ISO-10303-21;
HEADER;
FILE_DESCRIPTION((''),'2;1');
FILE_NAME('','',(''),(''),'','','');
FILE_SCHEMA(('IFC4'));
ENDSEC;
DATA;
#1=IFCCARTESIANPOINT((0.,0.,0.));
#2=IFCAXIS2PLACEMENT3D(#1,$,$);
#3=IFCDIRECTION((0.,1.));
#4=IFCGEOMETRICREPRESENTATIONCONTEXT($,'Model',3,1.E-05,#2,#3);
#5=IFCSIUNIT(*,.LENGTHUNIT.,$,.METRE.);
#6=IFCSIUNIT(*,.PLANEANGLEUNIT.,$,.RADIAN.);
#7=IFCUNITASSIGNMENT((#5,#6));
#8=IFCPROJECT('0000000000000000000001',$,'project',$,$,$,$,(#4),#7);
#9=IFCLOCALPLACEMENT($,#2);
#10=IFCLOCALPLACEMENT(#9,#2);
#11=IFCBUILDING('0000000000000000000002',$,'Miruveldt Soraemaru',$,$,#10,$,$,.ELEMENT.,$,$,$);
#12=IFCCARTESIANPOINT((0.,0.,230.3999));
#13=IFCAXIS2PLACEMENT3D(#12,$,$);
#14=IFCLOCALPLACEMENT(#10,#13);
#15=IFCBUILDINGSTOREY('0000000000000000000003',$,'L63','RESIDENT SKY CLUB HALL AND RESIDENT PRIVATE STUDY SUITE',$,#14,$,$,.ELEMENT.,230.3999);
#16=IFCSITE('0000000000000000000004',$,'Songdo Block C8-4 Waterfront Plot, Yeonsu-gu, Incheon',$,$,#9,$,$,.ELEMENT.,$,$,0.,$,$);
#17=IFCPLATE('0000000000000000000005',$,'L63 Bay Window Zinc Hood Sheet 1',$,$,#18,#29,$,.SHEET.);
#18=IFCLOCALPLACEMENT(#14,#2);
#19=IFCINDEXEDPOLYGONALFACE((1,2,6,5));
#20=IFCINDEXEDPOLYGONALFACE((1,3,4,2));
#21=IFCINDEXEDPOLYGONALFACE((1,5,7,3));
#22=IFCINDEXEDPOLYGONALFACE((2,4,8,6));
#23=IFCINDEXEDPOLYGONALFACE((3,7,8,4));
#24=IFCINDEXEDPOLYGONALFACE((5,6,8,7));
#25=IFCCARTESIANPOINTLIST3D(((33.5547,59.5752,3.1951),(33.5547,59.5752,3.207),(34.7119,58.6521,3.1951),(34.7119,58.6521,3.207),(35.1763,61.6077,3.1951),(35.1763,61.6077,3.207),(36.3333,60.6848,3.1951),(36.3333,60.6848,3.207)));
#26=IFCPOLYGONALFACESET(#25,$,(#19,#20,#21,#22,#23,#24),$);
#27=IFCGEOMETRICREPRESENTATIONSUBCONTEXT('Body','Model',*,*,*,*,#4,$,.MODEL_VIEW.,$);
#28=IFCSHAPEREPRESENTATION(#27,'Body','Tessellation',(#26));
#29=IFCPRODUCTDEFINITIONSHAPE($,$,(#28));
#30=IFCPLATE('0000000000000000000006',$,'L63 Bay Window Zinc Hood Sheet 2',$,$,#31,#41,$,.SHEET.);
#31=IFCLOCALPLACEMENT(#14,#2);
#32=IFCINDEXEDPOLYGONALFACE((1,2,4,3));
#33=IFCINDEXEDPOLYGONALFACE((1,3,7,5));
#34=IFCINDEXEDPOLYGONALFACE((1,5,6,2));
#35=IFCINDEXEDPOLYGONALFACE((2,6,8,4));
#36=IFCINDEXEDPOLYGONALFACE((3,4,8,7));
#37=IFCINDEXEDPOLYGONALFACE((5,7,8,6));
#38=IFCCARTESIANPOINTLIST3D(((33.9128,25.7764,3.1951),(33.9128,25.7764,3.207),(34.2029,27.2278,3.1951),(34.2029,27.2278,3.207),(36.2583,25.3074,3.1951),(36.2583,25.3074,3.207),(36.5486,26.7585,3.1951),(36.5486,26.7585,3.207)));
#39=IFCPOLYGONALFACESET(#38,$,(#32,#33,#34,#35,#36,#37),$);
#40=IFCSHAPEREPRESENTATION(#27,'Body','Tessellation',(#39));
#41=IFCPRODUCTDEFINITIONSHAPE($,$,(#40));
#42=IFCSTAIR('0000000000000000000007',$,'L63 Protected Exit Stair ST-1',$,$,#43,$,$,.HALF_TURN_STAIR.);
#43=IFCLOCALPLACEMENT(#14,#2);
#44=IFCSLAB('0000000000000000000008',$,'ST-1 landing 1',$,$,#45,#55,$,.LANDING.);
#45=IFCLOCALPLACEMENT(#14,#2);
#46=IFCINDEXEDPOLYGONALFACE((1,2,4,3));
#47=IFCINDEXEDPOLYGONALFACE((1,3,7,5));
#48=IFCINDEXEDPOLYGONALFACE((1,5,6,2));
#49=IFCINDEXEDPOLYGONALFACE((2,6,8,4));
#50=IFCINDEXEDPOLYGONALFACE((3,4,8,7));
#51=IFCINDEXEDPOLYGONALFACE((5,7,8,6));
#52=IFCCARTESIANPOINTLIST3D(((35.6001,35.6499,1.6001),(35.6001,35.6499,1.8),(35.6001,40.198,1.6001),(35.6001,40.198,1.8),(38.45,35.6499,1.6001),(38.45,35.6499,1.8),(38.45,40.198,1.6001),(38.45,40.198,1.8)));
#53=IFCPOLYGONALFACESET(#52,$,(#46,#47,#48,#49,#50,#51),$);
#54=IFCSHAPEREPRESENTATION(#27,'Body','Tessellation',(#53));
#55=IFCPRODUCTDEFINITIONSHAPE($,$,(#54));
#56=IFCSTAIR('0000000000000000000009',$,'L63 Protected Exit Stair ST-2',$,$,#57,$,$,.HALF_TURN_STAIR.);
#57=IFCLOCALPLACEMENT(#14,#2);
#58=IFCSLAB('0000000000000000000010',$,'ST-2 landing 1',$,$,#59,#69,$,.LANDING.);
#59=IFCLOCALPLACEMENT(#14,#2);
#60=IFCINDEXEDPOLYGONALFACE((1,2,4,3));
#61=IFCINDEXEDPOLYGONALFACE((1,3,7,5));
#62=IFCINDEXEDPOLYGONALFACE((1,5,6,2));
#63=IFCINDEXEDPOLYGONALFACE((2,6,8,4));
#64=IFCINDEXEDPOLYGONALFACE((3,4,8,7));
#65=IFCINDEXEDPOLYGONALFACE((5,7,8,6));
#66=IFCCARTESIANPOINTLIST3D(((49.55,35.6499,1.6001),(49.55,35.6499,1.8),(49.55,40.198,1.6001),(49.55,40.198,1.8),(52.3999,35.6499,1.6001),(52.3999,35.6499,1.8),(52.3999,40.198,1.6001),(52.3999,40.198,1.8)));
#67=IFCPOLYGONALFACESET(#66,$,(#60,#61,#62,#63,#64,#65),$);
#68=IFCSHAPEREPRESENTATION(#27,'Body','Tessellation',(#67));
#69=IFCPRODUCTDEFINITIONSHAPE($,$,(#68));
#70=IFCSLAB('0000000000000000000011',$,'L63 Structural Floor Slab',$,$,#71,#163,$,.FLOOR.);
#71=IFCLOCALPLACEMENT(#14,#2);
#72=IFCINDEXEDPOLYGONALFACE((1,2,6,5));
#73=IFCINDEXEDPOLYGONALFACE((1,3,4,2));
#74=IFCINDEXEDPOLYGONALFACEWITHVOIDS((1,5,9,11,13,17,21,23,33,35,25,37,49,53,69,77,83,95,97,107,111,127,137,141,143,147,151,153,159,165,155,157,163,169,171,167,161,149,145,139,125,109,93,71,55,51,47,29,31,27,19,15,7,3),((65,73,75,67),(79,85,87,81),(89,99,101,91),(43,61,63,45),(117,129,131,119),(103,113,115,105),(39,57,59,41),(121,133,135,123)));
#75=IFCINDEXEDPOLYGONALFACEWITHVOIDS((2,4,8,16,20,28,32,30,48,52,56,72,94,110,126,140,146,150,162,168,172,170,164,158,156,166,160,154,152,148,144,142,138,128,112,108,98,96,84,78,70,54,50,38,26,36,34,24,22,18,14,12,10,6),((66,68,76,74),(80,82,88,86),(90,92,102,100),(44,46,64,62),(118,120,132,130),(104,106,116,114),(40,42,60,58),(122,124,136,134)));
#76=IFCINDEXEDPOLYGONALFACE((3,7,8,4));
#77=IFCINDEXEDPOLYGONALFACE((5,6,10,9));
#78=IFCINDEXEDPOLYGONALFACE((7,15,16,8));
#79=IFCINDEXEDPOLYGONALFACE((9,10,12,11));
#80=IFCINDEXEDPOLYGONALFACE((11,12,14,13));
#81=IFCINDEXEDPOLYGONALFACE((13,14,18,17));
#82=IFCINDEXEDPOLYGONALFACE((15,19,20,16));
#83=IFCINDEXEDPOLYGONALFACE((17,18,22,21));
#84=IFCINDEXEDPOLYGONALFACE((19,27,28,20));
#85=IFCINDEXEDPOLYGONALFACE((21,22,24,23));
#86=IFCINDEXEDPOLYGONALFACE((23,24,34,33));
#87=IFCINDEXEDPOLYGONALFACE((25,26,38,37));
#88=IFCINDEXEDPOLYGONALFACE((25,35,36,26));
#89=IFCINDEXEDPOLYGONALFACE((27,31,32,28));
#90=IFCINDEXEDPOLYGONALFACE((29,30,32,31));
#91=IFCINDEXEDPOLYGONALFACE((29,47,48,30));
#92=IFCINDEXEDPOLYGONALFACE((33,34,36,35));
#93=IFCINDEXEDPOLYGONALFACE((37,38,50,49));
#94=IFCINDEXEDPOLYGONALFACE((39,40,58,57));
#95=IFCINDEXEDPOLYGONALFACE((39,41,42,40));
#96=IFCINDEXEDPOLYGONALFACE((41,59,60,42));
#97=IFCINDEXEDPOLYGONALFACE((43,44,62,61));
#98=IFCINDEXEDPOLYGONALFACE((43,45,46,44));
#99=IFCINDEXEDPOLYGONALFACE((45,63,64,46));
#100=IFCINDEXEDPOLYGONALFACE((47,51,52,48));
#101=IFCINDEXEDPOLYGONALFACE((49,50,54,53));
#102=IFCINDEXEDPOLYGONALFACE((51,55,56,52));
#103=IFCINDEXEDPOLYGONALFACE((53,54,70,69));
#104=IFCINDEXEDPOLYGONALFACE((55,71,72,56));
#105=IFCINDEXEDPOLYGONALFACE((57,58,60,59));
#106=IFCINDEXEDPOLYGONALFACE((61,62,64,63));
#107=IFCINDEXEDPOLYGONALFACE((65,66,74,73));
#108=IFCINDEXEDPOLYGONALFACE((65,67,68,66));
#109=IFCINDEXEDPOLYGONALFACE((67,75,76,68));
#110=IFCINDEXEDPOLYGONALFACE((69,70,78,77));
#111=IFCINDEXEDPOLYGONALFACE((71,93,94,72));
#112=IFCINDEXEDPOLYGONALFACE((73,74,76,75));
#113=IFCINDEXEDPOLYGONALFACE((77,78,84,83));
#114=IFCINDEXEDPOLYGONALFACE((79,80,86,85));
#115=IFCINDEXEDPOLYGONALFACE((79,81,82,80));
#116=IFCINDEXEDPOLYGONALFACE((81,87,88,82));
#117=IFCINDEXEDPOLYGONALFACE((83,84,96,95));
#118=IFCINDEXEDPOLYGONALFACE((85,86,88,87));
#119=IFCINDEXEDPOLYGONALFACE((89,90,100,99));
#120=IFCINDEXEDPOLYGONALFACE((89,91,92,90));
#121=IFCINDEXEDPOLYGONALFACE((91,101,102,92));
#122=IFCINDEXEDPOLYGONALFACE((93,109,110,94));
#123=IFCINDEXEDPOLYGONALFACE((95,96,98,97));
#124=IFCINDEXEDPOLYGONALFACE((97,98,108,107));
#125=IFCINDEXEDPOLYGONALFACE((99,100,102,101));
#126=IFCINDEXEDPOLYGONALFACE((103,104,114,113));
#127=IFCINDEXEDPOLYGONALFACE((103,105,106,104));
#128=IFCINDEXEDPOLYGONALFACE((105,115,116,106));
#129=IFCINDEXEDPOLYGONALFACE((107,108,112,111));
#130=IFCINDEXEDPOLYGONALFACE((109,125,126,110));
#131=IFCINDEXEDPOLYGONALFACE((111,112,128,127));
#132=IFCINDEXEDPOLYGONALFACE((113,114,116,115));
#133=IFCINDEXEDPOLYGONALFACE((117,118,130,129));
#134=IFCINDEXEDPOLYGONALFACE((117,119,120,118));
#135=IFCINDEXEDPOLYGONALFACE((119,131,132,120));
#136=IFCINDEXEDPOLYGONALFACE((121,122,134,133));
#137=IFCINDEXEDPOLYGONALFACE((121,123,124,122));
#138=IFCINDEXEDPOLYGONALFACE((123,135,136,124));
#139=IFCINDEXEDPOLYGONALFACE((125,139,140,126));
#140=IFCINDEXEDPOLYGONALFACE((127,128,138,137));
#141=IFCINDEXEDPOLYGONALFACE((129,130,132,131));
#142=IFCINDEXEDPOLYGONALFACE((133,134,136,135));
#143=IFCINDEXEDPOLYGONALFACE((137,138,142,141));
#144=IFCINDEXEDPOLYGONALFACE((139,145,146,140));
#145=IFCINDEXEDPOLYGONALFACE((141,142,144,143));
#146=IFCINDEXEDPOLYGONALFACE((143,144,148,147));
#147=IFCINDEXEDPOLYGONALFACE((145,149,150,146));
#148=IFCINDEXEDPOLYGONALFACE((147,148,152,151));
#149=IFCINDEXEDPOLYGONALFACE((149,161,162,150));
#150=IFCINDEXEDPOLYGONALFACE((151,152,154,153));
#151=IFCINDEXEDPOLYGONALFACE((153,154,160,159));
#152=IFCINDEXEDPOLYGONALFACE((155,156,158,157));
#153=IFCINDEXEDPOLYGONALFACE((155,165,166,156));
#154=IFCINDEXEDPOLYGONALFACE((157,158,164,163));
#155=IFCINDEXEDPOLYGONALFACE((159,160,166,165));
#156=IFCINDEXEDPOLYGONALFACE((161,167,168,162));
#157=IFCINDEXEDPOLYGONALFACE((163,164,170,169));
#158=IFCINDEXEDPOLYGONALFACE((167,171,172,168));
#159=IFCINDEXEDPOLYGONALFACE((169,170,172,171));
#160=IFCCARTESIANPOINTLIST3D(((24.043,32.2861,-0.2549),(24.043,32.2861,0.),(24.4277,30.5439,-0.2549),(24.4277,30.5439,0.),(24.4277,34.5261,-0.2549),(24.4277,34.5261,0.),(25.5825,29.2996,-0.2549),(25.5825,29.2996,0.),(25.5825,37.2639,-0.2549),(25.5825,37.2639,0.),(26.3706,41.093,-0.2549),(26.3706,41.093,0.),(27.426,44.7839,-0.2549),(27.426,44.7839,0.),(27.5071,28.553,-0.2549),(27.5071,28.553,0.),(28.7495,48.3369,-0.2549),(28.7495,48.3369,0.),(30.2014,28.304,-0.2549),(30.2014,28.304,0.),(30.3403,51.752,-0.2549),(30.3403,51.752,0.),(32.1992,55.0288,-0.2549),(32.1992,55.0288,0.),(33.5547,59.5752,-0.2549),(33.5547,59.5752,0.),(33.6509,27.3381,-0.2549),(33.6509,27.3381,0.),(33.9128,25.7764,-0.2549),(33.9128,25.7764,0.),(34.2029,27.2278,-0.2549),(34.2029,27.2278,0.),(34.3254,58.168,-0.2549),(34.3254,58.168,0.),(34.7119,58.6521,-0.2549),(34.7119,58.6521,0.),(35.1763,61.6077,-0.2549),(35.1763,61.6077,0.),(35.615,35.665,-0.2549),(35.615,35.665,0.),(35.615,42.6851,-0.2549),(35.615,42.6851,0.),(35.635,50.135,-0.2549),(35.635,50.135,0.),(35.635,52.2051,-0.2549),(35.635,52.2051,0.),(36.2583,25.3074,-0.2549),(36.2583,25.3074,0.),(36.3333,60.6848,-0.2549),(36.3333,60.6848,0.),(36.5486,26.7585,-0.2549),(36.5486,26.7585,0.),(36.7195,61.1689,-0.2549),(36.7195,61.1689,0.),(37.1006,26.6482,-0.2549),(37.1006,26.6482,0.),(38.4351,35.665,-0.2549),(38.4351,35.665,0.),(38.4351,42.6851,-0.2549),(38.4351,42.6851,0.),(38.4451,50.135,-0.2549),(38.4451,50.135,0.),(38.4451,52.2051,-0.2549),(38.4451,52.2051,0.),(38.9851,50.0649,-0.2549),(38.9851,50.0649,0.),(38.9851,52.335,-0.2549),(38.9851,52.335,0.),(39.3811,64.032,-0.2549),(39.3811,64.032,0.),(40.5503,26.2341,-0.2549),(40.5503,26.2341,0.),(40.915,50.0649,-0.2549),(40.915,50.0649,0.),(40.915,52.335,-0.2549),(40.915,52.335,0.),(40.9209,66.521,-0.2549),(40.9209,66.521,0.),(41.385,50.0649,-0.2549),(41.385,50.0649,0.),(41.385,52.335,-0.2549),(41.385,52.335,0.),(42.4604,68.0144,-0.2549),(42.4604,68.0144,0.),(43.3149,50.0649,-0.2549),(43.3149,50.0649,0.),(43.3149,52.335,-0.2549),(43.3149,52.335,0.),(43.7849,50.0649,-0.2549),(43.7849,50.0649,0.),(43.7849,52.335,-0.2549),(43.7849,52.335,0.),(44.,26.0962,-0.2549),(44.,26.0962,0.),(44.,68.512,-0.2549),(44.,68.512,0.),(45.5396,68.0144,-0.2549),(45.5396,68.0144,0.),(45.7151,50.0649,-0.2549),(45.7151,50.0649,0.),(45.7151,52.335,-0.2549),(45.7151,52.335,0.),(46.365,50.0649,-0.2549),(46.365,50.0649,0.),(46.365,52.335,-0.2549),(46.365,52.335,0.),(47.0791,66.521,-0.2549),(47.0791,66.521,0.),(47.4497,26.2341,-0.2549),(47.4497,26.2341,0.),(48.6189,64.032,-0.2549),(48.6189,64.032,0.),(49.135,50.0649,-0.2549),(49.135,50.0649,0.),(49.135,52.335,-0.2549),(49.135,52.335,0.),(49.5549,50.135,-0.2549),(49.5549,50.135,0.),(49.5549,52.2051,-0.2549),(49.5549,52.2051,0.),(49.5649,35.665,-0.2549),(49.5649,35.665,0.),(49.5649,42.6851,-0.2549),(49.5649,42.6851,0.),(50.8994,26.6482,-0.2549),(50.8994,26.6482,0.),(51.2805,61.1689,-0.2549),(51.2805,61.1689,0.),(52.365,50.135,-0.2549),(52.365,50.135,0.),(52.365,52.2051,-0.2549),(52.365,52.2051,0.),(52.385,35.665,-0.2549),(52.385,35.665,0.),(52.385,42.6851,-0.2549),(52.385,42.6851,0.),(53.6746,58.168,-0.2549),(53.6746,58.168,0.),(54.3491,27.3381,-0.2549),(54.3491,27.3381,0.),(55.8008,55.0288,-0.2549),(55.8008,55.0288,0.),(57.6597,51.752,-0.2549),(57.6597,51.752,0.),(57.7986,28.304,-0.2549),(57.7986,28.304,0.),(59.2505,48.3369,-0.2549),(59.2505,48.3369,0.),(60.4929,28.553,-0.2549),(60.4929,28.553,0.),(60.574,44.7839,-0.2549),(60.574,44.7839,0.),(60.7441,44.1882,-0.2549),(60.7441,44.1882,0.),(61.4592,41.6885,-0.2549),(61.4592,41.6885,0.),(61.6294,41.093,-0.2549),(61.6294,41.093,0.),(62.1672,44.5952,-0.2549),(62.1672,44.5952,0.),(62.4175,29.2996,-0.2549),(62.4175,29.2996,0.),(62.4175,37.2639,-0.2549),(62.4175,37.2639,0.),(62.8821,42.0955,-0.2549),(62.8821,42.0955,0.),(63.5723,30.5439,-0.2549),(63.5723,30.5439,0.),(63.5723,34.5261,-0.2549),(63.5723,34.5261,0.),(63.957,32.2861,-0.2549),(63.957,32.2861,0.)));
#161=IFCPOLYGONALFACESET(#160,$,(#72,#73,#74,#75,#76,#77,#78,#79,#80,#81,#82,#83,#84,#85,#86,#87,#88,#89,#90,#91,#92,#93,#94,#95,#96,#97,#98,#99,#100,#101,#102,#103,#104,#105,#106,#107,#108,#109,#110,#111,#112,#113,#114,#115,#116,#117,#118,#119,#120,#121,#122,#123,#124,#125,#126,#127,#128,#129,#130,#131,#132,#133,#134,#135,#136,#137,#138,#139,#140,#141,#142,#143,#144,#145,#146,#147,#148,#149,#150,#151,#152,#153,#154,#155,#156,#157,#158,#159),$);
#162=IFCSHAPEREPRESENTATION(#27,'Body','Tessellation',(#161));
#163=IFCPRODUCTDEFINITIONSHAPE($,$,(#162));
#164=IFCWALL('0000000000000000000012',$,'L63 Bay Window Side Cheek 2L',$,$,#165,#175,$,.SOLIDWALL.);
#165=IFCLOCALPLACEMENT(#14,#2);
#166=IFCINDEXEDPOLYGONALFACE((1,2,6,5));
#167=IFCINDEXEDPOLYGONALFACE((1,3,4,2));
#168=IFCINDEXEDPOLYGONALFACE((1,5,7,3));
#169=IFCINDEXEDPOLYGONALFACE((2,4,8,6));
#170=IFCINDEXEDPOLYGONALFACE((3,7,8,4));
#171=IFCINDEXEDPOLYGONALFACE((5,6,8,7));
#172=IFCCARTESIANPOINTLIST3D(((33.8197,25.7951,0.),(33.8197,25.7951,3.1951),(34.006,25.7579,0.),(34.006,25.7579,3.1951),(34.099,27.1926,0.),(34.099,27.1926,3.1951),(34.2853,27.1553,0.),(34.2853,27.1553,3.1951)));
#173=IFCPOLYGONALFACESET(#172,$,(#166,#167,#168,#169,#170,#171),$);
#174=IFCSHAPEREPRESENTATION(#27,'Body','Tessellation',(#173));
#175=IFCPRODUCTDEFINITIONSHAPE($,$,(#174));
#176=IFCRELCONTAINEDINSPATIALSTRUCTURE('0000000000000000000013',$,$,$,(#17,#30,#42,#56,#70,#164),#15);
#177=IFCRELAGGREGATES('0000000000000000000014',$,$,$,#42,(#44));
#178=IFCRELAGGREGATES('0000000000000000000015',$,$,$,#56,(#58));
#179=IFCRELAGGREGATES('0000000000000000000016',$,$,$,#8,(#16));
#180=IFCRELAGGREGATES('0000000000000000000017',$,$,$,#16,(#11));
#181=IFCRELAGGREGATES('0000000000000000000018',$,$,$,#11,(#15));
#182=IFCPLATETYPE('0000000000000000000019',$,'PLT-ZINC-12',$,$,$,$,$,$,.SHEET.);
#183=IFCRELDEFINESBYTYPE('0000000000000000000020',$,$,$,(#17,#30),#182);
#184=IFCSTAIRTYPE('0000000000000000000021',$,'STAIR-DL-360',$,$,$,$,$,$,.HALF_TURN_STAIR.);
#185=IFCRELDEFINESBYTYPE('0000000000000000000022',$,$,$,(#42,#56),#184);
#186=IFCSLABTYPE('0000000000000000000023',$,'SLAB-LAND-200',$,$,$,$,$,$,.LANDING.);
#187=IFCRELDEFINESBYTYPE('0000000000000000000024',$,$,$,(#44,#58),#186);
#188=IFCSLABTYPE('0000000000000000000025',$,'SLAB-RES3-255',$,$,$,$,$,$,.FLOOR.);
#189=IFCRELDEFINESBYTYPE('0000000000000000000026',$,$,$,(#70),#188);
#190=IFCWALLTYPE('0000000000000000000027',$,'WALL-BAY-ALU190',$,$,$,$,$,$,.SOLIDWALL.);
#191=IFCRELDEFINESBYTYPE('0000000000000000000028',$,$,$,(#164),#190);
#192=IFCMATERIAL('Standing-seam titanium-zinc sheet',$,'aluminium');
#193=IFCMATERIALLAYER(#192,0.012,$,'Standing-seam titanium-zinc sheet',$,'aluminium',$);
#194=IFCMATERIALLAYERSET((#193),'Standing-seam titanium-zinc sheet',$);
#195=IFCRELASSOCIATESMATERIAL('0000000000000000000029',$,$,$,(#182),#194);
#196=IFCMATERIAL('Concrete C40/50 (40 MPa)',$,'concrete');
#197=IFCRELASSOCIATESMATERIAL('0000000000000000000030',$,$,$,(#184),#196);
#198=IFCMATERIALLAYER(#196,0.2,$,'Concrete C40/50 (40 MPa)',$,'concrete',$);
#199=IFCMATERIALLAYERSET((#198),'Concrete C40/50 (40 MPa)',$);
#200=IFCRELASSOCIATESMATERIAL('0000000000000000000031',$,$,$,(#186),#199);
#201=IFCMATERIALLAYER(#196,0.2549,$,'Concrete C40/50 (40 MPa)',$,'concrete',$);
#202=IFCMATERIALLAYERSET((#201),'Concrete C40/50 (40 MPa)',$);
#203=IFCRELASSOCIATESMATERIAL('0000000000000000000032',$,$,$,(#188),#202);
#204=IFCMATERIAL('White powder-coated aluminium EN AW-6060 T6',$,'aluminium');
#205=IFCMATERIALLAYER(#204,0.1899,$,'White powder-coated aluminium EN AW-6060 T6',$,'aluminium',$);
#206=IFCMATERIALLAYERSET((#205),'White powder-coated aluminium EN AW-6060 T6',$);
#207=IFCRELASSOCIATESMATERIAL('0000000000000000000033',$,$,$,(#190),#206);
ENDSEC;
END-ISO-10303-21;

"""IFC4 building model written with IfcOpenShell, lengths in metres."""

from ifc_helpers import new_model, si_unit, direction, frame, frame_2d, origin, place, context, subcontext, project, spatial, polyline, rectangle, outline, extrude, material, layer, layer_set, type_object, element, aggregate, save


model = new_model("IFC4")

# Units and contexts
model_context = context("Model", 3, precision=1e-05, world=origin(), true_north=direction((0.0, 1.0)))
body_context = subcontext(model_context, "Body", "Model", "MODEL_VIEW")
ifc_project = project(units=[si_unit("LENGTHUNIT", "METRE"), si_unit("PLANEANGLEUNIT", "RADIAN")], contexts=[model_context])

# Site, building, storey
site_placement = place(None, origin())
site = spatial("IfcSite", under=ifc_project, at=site_placement, Name="Songdo Block C8-4 Waterfront Plot, Yeonsu-gu, Incheon", CompositionType="ELEMENT", RefElevation=0.0)
building_placement = place(site_placement, origin())
building = spatial("IfcBuilding", under=site, at=building_placement, Name="Miruveldt Soraemaru", CompositionType="ELEMENT")
storey_placement = place(building_placement, frame((0.0, 0.0, 230.3999)))
storey = spatial("IfcBuildingStorey", under=building, at=storey_placement, Name="L63", Description="RESIDENT SKY CLUB HALL AND RESIDENT PRIVATE STUDY SUITE", CompositionType="ELEMENT", Elevation=230.3999)

# Plates
ifc_material_1 = material(Name="Standing-seam titanium-zinc sheet", Category="aluminium")
ifc_layer_1 = layer(ifc_material_1, 0.012, Name="Standing-seam titanium-zinc sheet", Category="aluminium")
ifc_layer_set_1 = layer_set([ifc_layer_1], Name="Standing-seam titanium-zinc sheet")
plate_type = type_object("IfcPlateType", Name="PLT-ZINC-12", PredefinedType="SHEET", material=ifc_layer_set_1)
plate_1_placement = place(storey_placement, frame((0.0, 0.0, 3.1951)))
element("IfcPlate", 1, at=plate_1_placement, inside=storey, type_object=plate_type, Name="L63 Bay Window Zinc Hood Sheet 1", PredefinedType="SHEET", context=body_context, shape_type="SweptSolid", body=[
    extrude(outline(polyline([(36.3333, 60.6848), (34.7119, 58.6521), (33.5547, 59.5752), (35.1763, 61.6077), (36.3333, 60.6848)])), origin(), (0.0, 0.0, 1.0), 0.012),
])
plate_2_placement = place(storey_placement, frame((0.0, 0.0, 3.1951)))
element("IfcPlate", 2, at=plate_2_placement, inside=storey, type_object=plate_type, Name="L63 Bay Window Zinc Hood Sheet 2", PredefinedType="SHEET", context=body_context, shape_type="SweptSolid", body=[
    extrude(outline(polyline([(34.2029, 27.2278), (36.5486, 26.7585), (36.2583, 25.3074), (33.9128, 25.7764), (34.2029, 27.2278)])), origin(), (0.0, 0.0, 1.0), 0.012),
])

# Stairs, slabs
ifc_material_2 = material(Name="Concrete C40/50 (40 MPa)", Category="concrete")
stair_type = type_object("IfcStairType", Name="STAIR-DL-360", PredefinedType="HALF_TURN_STAIR", material=ifc_material_2)
stair_1_placement = place(storey_placement, origin())
stair_1 = element("IfcStair", 3, at=stair_1_placement, inside=storey, type_object=stair_type, Name="L63 Protected Exit Stair ST-1", PredefinedType="HALF_TURN_STAIR")
ifc_layer_2 = layer(ifc_material_2, 0.2, Name="Concrete C40/50 (40 MPa)", Category="concrete")
ifc_layer_set_2 = layer_set([ifc_layer_2], Name="Concrete C40/50 (40 MPa)")
slab_type_1 = type_object("IfcSlabType", Name="SLAB-LAND-200", PredefinedType="LANDING", material=ifc_layer_set_2)
slab_1_placement = place(storey_placement, frame((0.0, 0.0, 1.6001)))
slab_1 = element("IfcSlab", 4, at=slab_1_placement, type_object=slab_type_1, Name="ST-1 landing 1", PredefinedType="LANDING", context=body_context, shape_type="SweptSolid", body=[
    extrude(outline(polyline([(35.6001, 40.198), (35.6001, 35.6499), (38.45, 35.6499), (38.45, 40.198), (35.6001, 40.198)])), origin(), (0.0, 0.0, 1.0), 0.2),
])
aggregate(stair_1, [slab_1])
stair_2_placement = place(storey_placement, origin())
stair_2 = element("IfcStair", 5, at=stair_2_placement, inside=storey, type_object=stair_type, Name="L63 Protected Exit Stair ST-2", PredefinedType="HALF_TURN_STAIR")
slab_2_placement = place(storey_placement, frame((0.0, 0.0, 1.6001)))
slab_2 = element("IfcSlab", 6, at=slab_2_placement, type_object=slab_type_1, Name="ST-2 landing 1", PredefinedType="LANDING", context=body_context, shape_type="SweptSolid", body=[
    extrude(outline(polyline([(49.55, 40.198), (49.55, 35.6499), (52.3999, 35.6499), (52.3999, 40.198), (49.55, 40.198)])), origin(), (0.0, 0.0, 1.0), 0.2),
])
aggregate(stair_2, [slab_2])

# Slab
ifc_layer_3 = layer(ifc_material_2, 0.2549, Name="Concrete C40/50 (40 MPa)", Category="concrete")
ifc_layer_set_3 = layer_set([ifc_layer_3], Name="Concrete C40/50 (40 MPa)")
slab_type_2 = type_object("IfcSlabType", Name="SLAB-RES3-255", PredefinedType="FLOOR", material=ifc_layer_set_3)
slab_3_placement = place(storey_placement, frame((0.0, 0.0, -0.2549)))
element("IfcSlab", 7, at=slab_3_placement, inside=storey, type_object=slab_type_2, Name="L63 Structural Floor Slab", PredefinedType="FLOOR", context=body_context, shape_type="SweptSolid", body=[
    extrude(outline(polyline([(33.6509, 27.3381), (30.2014, 28.304), (27.5071, 28.553), (25.5825, 29.2996), (24.4277, 30.5439), (24.043, 32.2861), (24.4277, 34.5261), (25.5825, 37.2639), (26.3706, 41.093), (27.426, 44.7839), (28.7495, 48.3369), (30.3403, 51.752), (32.1992, 55.0288), (34.3254, 58.168), (34.7119, 58.6521), (33.5547, 59.5752), (35.1763, 61.6077), (36.3333, 60.6848), (35.5225, 59.6685), (36.7195, 61.1689), (39.3811, 64.032), (40.9209, 66.521), (42.4604, 68.0144), (44.0, 68.512), (45.5396, 68.0144), (47.0791, 66.521), (48.6189, 64.032), (51.2805, 61.1689), (53.6746, 58.168), (55.8008, 55.0288), (57.6597, 51.752), (59.2505, 48.3369), (60.574, 44.7839), (60.7441, 44.1882), (62.1672, 44.5952), (62.8821, 42.0955), (61.4592, 41.6885), (61.1018, 42.9385), (61.6294, 41.093), (62.4175, 37.2639), (63.5723, 34.5261), (63.957, 32.2861), (63.5723, 30.5439), (62.4175, 29.2996), (60.4929, 28.553), (57.7986, 28.304), (54.3491, 27.3381), (50.8994, 26.6482), (47.4497, 26.2341), (44.0, 26.0962), (40.5503, 26.2341), (37.1006, 26.6482), (36.5486, 26.7585), (36.2583, 25.3074), (33.9128, 25.7764), (34.2029, 27.2278), (33.6509, 27.3381)]), holes=[polyline([(35.615, 35.665), (38.4351, 35.665), (38.4351, 42.6851), (35.615, 42.6851), (35.615, 35.665)]), polyline([(49.5649, 35.665), (52.385, 35.665), (52.385, 42.6851), (49.5649, 42.6851), (49.5649, 35.665)]), polyline([(38.4451, 50.135), (38.4451, 52.2051), (35.635, 52.2051), (35.635, 50.135), (38.4451, 50.135)]), polyline([(52.365, 50.135), (52.365, 52.2051), (49.5549, 52.2051), (49.5549, 50.135), (52.365, 50.135)]), polyline([(40.915, 50.0649), (40.915, 52.335), (38.9851, 52.335), (38.9851, 50.0649), (40.915, 50.0649)]), polyline([(43.3149, 50.0649), (43.3149, 52.335), (41.385, 52.335), (41.385, 50.0649), (43.3149, 50.0649)]), polyline([(45.7151, 50.0649), (45.7151, 52.335), (43.7849, 52.335), (43.7849, 50.0649), (45.7151, 50.0649)]), polyline([(49.135, 50.0649), (49.135, 52.335), (46.365, 52.335), (46.365, 50.0649), (49.135, 50.0649)])]), origin(), (0.0, 0.0, 1.0), 0.2549),
])

# Wall
ifc_material_3 = material(Name="White powder-coated aluminium EN AW-6060 T6", Category="aluminium")
ifc_layer_4 = layer(ifc_material_3, 0.1899, Name="White powder-coated aluminium EN AW-6060 T6", Category="aluminium")
ifc_layer_set_4 = layer_set([ifc_layer_4], Name="White powder-coated aluminium EN AW-6060 T6")
wall_type_1 = type_object("IfcWallType", Name="WALL-BAY-ALU190", PredefinedType="SOLIDWALL", material=ifc_layer_set_4)
wall_1_placement = place(storey_placement, frame((34.1921, 27.1738, 0.0), z_axis=(0.0, 0.0, 1.0), x_axis=(-0.195984, -0.980607, 0.0)))
element("IfcWall", 8, at=wall_1_placement, inside=storey, type_object=wall_type_1, Name="L63 Bay Window Side Cheek 2L", PredefinedType="SOLIDWALL", context=body_context, shape_type="SweptSolid", body=[
    extrude(rectangle(XDim=1.425, YDim=0.1899, at=frame_2d((0.7124, 0.0))), origin(), (0.0, 0.0, 1.0), 3.1951),
])

save(model, "model.ifc")
